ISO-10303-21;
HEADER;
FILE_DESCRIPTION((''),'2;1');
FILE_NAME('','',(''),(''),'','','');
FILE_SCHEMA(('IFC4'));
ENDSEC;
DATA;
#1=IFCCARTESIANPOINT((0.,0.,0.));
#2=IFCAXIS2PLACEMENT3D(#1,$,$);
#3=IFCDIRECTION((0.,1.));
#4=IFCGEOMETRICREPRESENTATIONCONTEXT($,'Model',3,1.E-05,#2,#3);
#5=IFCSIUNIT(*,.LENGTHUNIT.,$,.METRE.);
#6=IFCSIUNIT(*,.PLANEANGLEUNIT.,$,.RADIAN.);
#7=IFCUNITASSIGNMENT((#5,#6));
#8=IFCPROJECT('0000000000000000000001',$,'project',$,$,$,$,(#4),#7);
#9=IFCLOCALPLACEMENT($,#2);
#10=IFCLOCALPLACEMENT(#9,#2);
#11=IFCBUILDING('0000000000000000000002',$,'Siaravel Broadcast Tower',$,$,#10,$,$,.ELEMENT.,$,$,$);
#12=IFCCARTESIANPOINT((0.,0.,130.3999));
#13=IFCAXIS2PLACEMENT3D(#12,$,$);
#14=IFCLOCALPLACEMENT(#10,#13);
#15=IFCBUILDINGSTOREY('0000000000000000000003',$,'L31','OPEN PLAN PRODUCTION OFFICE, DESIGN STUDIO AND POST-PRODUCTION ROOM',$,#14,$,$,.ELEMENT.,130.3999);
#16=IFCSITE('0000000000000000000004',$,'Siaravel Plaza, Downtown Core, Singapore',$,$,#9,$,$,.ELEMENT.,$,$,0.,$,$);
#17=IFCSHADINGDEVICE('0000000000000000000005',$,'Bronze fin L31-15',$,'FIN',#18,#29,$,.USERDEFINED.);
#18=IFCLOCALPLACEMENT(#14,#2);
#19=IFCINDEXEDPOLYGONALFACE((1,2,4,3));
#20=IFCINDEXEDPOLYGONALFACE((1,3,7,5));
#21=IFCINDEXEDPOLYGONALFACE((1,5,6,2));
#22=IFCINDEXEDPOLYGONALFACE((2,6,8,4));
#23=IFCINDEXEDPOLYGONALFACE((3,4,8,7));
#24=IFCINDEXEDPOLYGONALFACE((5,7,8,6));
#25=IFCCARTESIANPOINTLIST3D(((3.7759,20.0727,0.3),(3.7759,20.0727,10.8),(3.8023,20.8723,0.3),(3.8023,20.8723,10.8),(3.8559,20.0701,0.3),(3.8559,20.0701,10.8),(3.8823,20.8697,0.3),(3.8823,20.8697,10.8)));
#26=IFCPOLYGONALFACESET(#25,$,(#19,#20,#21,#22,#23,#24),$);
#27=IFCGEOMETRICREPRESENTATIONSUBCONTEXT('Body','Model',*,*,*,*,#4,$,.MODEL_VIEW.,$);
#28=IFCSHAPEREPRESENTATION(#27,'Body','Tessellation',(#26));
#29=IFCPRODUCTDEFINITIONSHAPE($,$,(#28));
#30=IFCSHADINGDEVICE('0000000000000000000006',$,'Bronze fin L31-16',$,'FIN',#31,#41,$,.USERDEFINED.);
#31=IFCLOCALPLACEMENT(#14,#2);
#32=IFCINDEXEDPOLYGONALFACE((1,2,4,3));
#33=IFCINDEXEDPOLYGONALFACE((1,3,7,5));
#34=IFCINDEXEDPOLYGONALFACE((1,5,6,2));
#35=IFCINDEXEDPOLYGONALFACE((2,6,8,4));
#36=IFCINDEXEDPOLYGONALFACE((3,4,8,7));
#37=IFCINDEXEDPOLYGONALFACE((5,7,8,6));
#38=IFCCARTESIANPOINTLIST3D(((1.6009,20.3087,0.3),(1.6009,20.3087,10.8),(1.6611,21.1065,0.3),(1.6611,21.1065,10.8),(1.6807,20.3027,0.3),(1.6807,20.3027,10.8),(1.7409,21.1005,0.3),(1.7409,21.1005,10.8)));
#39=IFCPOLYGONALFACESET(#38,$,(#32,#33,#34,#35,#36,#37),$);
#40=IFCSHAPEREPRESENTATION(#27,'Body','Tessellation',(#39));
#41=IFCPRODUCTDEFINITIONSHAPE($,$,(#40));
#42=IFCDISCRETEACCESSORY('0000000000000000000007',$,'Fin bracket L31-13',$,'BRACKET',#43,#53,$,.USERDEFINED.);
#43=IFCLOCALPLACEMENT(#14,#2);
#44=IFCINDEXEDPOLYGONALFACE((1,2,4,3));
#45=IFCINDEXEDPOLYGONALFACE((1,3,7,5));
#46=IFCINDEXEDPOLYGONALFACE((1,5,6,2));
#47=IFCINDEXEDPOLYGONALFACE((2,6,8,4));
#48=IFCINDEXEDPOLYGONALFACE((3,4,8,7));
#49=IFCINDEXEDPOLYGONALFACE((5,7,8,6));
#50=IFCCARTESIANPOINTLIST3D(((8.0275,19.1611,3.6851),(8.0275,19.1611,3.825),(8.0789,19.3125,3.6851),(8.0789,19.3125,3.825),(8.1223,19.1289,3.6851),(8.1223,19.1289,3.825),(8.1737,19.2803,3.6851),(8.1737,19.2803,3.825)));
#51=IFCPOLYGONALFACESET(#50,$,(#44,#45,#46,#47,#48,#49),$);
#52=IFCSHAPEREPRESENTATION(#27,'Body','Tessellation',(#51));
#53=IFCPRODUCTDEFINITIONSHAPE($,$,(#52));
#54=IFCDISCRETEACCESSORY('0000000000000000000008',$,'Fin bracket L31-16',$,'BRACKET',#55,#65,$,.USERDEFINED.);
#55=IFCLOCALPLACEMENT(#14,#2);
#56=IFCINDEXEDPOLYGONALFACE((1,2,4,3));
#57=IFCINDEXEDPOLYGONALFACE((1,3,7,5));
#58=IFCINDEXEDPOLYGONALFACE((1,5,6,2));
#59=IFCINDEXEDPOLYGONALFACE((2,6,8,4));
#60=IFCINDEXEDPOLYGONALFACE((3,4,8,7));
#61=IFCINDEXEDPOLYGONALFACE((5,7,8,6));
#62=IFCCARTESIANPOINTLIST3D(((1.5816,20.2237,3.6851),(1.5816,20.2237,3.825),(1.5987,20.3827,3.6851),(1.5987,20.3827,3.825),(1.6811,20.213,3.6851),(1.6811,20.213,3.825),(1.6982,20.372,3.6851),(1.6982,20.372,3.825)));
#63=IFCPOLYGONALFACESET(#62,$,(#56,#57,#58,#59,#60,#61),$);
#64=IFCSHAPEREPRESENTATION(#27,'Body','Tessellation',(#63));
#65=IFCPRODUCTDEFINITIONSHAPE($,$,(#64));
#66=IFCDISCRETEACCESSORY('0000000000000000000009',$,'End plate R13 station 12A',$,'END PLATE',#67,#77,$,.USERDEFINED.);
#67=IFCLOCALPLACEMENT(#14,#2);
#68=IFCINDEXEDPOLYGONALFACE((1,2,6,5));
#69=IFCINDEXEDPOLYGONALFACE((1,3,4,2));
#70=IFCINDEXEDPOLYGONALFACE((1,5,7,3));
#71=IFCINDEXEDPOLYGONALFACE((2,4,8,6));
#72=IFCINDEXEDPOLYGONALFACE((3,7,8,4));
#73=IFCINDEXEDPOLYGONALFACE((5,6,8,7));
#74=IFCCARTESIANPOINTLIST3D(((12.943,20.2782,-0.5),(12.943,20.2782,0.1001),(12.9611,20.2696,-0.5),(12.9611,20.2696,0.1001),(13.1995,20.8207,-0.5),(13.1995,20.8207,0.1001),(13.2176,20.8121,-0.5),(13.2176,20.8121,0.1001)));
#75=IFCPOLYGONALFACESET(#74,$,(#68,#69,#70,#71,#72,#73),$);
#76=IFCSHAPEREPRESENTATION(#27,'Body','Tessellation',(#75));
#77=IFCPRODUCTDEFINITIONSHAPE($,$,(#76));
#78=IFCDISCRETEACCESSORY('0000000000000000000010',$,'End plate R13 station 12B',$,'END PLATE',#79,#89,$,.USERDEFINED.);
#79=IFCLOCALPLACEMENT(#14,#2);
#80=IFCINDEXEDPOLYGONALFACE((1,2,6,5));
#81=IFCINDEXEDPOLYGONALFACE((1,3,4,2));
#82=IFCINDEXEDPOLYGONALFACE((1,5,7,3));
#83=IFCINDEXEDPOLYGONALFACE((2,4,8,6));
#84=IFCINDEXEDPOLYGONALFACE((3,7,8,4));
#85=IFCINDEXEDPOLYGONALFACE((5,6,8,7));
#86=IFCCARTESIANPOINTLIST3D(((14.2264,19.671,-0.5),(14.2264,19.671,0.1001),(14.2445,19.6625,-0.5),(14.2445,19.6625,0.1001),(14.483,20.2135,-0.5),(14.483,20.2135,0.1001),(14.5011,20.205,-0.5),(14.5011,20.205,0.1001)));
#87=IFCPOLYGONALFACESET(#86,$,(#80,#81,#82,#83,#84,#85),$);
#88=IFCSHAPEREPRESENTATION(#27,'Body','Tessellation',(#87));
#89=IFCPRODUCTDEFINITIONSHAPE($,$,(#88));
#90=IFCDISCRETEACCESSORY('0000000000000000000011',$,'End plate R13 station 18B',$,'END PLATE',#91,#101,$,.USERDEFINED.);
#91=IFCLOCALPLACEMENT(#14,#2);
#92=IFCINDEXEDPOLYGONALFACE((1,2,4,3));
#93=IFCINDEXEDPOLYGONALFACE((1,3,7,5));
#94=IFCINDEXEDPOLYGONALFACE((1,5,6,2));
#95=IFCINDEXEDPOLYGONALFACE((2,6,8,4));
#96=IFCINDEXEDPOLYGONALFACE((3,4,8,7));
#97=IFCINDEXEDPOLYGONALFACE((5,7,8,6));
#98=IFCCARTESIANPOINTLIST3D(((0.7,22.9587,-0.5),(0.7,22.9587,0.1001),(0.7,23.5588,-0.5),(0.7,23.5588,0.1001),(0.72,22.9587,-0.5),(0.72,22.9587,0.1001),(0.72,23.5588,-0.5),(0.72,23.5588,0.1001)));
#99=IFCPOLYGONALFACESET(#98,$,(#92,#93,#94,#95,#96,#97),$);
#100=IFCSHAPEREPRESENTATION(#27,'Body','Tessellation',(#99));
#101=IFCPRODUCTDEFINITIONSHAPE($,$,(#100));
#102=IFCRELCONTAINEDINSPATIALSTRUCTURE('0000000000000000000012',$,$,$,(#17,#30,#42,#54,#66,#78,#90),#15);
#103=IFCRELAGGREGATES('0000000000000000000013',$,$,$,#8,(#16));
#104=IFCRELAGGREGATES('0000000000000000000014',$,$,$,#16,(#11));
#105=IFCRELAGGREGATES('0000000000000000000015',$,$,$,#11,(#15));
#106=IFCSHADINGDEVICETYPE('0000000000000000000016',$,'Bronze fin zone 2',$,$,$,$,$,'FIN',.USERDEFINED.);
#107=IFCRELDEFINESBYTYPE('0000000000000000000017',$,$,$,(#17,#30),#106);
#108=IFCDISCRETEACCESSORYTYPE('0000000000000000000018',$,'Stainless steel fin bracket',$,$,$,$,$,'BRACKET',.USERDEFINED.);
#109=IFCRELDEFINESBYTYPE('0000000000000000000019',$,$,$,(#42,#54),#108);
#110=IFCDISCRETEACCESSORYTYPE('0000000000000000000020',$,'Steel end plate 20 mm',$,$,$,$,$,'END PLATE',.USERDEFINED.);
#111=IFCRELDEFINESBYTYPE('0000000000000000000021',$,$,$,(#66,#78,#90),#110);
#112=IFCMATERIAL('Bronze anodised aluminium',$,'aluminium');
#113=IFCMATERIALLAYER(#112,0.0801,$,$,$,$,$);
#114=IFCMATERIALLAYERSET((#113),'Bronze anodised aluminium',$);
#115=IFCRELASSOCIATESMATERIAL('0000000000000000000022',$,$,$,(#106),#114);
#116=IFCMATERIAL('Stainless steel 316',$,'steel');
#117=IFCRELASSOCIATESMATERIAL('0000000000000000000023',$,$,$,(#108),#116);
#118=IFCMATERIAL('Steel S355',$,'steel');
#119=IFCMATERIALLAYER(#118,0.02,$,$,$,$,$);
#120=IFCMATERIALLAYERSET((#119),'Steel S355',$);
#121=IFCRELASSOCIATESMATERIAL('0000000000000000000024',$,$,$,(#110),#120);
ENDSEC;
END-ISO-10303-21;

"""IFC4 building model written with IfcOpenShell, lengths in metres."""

from ifc_helpers import new_model, si_unit, direction, frame, origin, origin_2d, place, context, subcontext, project, spatial, rectangle, extrude, material, layer, layer_set, type_object, element, save


model = new_model("IFC4")

# Units and contexts
model_context = context("Model", 3, precision=1e-05, world=origin(), true_north=direction((0.0, 1.0)))
body_context = subcontext(model_context, "Body", "Model", "MODEL_VIEW")
ifc_project = project(units=[si_unit("LENGTHUNIT", "METRE"), si_unit("PLANEANGLEUNIT", "RADIAN")], contexts=[model_context])

# Site, building, storey
site_placement = place(None, origin())
site = spatial("IfcSite", under=ifc_project, at=site_placement, Name="Siaravel Plaza, Downtown Core, Singapore", CompositionType="ELEMENT", RefElevation=0.0)
building_placement = place(site_placement, origin())
building = spatial("IfcBuilding", under=site, at=building_placement, Name="Siaravel Broadcast Tower", CompositionType="ELEMENT")
storey_placement = place(building_placement, frame((0.0, 0.0, 130.3999)))
storey = spatial("IfcBuildingStorey", under=building, at=storey_placement, Name="L31", Description="OPEN PLAN PRODUCTION OFFICE, DESIGN STUDIO AND POST-PRODUCTION ROOM", CompositionType="ELEMENT", Elevation=130.3999)

# Shared definitions
ifc_material_1 = material(Name="Steel S355", Category="steel")

# Shading devices
ifc_material_2 = material(Name="Bronze anodised aluminium", Category="aluminium")
ifc_layer_1 = layer(ifc_material_2, 0.0801)
ifc_layer_set_1 = layer_set([ifc_layer_1], Name="Bronze anodised aluminium")
shading_device_type = type_object("IfcShadingDeviceType", Name="Bronze fin zone 2", ElementType="FIN", PredefinedType="USERDEFINED", material=ifc_layer_set_1)
for number, where, z_axis, x_axis, name in (
    (1, (3.8291, 20.4712, 0.3), (0.0, 0.0, 1.0), (0.032984, 0.999456, 0.0), "Bronze fin L31-15"),
    (2, (1.6709, 20.7046, 0.3), (0.0, 0.0, 1.0), (0.075196, 0.997169, 0.0), "Bronze fin L31-16"),
):
    element("IfcShadingDevice", number, at=place(storey_placement, frame(where, z_axis=z_axis, x_axis=x_axis)), inside=storey, type_object=shading_device_type, Name=name, ObjectType="FIN", PredefinedType="USERDEFINED", context=body_context, shape_type="SweptSolid", body=[
        extrude(rectangle(XDim=0.8, YDim=0.0801, at=origin_2d()), origin(), (0.0, 0.0, 1.0), 10.5),
    ])

# Discrete accessories
ifc_material_3 = material(Name="Stainless steel 316", Category="steel")
discrete_accessory_type_1 = type_object("IfcDiscreteAccessoryType", Name="Stainless steel fin bracket", ElementType="BRACKET", PredefinedType="USERDEFINED", material=ifc_material_3)
for number, where, z_axis, x_axis, name in (
    (3, (8.1006, 19.2207, 3.6851), (0.0, 0.0, 1.0), (0.321302, 0.946977, 0.0), "Fin bracket L31-13"),
    (4, (1.6399, 20.2979, 3.6851), (0.0, 0.0, 1.0), (0.107219, 0.994235, 0.0), "Fin bracket L31-16"),
):
    element("IfcDiscreteAccessory", number, at=place(storey_placement, frame(where, z_axis=z_axis, x_axis=x_axis)), inside=storey, type_object=discrete_accessory_type_1, Name=name, ObjectType="BRACKET", PredefinedType="USERDEFINED", context=body_context, shape_type="SweptSolid", body=[
        extrude(rectangle(XDim=0.1599, YDim=0.1001, at=origin_2d()), origin(), (0.0, 0.0, 1.0), 0.1399),
    ])
ifc_layer_2 = layer(ifc_material_1, 0.02)
ifc_layer_set_2 = layer_set([ifc_layer_2], Name="Steel S355")
discrete_accessory_type_2 = type_object("IfcDiscreteAccessoryType", Name="Steel end plate 20 mm", ElementType="END PLATE", PredefinedType="USERDEFINED", material=ifc_layer_set_2)
for number, where, z_axis, x_axis, name in (
    (5, (13.0803, 20.5452, -0.5), (0.0, 0.0, 1.0), (-0.904007, 0.427517, 0.0), "End plate R13 station 12A"),
    (6, (14.3638, 19.938, -0.5), (0.0, 0.0, 1.0), (-0.904007, 0.427517, 0.0), "End plate R13 station 12B"),
    (7, (0.71, 23.2588, -0.5), (0.0, 0.0, 1.0), (-1.0, 0.0, 0.0), "End plate R13 station 18B"),
):
    element("IfcDiscreteAccessory", number, at=place(storey_placement, frame(where, z_axis=z_axis, x_axis=x_axis)), inside=storey, type_object=discrete_accessory_type_2, Name=name, ObjectType="END PLATE", PredefinedType="USERDEFINED", context=body_context, shape_type="SweptSolid", body=[
        extrude(rectangle(XDim=0.02, YDim=0.6001, at=origin_2d()), origin(), (0.0, 0.0, 1.0), 0.6001),
    ])

save(model, "model.ifc")
